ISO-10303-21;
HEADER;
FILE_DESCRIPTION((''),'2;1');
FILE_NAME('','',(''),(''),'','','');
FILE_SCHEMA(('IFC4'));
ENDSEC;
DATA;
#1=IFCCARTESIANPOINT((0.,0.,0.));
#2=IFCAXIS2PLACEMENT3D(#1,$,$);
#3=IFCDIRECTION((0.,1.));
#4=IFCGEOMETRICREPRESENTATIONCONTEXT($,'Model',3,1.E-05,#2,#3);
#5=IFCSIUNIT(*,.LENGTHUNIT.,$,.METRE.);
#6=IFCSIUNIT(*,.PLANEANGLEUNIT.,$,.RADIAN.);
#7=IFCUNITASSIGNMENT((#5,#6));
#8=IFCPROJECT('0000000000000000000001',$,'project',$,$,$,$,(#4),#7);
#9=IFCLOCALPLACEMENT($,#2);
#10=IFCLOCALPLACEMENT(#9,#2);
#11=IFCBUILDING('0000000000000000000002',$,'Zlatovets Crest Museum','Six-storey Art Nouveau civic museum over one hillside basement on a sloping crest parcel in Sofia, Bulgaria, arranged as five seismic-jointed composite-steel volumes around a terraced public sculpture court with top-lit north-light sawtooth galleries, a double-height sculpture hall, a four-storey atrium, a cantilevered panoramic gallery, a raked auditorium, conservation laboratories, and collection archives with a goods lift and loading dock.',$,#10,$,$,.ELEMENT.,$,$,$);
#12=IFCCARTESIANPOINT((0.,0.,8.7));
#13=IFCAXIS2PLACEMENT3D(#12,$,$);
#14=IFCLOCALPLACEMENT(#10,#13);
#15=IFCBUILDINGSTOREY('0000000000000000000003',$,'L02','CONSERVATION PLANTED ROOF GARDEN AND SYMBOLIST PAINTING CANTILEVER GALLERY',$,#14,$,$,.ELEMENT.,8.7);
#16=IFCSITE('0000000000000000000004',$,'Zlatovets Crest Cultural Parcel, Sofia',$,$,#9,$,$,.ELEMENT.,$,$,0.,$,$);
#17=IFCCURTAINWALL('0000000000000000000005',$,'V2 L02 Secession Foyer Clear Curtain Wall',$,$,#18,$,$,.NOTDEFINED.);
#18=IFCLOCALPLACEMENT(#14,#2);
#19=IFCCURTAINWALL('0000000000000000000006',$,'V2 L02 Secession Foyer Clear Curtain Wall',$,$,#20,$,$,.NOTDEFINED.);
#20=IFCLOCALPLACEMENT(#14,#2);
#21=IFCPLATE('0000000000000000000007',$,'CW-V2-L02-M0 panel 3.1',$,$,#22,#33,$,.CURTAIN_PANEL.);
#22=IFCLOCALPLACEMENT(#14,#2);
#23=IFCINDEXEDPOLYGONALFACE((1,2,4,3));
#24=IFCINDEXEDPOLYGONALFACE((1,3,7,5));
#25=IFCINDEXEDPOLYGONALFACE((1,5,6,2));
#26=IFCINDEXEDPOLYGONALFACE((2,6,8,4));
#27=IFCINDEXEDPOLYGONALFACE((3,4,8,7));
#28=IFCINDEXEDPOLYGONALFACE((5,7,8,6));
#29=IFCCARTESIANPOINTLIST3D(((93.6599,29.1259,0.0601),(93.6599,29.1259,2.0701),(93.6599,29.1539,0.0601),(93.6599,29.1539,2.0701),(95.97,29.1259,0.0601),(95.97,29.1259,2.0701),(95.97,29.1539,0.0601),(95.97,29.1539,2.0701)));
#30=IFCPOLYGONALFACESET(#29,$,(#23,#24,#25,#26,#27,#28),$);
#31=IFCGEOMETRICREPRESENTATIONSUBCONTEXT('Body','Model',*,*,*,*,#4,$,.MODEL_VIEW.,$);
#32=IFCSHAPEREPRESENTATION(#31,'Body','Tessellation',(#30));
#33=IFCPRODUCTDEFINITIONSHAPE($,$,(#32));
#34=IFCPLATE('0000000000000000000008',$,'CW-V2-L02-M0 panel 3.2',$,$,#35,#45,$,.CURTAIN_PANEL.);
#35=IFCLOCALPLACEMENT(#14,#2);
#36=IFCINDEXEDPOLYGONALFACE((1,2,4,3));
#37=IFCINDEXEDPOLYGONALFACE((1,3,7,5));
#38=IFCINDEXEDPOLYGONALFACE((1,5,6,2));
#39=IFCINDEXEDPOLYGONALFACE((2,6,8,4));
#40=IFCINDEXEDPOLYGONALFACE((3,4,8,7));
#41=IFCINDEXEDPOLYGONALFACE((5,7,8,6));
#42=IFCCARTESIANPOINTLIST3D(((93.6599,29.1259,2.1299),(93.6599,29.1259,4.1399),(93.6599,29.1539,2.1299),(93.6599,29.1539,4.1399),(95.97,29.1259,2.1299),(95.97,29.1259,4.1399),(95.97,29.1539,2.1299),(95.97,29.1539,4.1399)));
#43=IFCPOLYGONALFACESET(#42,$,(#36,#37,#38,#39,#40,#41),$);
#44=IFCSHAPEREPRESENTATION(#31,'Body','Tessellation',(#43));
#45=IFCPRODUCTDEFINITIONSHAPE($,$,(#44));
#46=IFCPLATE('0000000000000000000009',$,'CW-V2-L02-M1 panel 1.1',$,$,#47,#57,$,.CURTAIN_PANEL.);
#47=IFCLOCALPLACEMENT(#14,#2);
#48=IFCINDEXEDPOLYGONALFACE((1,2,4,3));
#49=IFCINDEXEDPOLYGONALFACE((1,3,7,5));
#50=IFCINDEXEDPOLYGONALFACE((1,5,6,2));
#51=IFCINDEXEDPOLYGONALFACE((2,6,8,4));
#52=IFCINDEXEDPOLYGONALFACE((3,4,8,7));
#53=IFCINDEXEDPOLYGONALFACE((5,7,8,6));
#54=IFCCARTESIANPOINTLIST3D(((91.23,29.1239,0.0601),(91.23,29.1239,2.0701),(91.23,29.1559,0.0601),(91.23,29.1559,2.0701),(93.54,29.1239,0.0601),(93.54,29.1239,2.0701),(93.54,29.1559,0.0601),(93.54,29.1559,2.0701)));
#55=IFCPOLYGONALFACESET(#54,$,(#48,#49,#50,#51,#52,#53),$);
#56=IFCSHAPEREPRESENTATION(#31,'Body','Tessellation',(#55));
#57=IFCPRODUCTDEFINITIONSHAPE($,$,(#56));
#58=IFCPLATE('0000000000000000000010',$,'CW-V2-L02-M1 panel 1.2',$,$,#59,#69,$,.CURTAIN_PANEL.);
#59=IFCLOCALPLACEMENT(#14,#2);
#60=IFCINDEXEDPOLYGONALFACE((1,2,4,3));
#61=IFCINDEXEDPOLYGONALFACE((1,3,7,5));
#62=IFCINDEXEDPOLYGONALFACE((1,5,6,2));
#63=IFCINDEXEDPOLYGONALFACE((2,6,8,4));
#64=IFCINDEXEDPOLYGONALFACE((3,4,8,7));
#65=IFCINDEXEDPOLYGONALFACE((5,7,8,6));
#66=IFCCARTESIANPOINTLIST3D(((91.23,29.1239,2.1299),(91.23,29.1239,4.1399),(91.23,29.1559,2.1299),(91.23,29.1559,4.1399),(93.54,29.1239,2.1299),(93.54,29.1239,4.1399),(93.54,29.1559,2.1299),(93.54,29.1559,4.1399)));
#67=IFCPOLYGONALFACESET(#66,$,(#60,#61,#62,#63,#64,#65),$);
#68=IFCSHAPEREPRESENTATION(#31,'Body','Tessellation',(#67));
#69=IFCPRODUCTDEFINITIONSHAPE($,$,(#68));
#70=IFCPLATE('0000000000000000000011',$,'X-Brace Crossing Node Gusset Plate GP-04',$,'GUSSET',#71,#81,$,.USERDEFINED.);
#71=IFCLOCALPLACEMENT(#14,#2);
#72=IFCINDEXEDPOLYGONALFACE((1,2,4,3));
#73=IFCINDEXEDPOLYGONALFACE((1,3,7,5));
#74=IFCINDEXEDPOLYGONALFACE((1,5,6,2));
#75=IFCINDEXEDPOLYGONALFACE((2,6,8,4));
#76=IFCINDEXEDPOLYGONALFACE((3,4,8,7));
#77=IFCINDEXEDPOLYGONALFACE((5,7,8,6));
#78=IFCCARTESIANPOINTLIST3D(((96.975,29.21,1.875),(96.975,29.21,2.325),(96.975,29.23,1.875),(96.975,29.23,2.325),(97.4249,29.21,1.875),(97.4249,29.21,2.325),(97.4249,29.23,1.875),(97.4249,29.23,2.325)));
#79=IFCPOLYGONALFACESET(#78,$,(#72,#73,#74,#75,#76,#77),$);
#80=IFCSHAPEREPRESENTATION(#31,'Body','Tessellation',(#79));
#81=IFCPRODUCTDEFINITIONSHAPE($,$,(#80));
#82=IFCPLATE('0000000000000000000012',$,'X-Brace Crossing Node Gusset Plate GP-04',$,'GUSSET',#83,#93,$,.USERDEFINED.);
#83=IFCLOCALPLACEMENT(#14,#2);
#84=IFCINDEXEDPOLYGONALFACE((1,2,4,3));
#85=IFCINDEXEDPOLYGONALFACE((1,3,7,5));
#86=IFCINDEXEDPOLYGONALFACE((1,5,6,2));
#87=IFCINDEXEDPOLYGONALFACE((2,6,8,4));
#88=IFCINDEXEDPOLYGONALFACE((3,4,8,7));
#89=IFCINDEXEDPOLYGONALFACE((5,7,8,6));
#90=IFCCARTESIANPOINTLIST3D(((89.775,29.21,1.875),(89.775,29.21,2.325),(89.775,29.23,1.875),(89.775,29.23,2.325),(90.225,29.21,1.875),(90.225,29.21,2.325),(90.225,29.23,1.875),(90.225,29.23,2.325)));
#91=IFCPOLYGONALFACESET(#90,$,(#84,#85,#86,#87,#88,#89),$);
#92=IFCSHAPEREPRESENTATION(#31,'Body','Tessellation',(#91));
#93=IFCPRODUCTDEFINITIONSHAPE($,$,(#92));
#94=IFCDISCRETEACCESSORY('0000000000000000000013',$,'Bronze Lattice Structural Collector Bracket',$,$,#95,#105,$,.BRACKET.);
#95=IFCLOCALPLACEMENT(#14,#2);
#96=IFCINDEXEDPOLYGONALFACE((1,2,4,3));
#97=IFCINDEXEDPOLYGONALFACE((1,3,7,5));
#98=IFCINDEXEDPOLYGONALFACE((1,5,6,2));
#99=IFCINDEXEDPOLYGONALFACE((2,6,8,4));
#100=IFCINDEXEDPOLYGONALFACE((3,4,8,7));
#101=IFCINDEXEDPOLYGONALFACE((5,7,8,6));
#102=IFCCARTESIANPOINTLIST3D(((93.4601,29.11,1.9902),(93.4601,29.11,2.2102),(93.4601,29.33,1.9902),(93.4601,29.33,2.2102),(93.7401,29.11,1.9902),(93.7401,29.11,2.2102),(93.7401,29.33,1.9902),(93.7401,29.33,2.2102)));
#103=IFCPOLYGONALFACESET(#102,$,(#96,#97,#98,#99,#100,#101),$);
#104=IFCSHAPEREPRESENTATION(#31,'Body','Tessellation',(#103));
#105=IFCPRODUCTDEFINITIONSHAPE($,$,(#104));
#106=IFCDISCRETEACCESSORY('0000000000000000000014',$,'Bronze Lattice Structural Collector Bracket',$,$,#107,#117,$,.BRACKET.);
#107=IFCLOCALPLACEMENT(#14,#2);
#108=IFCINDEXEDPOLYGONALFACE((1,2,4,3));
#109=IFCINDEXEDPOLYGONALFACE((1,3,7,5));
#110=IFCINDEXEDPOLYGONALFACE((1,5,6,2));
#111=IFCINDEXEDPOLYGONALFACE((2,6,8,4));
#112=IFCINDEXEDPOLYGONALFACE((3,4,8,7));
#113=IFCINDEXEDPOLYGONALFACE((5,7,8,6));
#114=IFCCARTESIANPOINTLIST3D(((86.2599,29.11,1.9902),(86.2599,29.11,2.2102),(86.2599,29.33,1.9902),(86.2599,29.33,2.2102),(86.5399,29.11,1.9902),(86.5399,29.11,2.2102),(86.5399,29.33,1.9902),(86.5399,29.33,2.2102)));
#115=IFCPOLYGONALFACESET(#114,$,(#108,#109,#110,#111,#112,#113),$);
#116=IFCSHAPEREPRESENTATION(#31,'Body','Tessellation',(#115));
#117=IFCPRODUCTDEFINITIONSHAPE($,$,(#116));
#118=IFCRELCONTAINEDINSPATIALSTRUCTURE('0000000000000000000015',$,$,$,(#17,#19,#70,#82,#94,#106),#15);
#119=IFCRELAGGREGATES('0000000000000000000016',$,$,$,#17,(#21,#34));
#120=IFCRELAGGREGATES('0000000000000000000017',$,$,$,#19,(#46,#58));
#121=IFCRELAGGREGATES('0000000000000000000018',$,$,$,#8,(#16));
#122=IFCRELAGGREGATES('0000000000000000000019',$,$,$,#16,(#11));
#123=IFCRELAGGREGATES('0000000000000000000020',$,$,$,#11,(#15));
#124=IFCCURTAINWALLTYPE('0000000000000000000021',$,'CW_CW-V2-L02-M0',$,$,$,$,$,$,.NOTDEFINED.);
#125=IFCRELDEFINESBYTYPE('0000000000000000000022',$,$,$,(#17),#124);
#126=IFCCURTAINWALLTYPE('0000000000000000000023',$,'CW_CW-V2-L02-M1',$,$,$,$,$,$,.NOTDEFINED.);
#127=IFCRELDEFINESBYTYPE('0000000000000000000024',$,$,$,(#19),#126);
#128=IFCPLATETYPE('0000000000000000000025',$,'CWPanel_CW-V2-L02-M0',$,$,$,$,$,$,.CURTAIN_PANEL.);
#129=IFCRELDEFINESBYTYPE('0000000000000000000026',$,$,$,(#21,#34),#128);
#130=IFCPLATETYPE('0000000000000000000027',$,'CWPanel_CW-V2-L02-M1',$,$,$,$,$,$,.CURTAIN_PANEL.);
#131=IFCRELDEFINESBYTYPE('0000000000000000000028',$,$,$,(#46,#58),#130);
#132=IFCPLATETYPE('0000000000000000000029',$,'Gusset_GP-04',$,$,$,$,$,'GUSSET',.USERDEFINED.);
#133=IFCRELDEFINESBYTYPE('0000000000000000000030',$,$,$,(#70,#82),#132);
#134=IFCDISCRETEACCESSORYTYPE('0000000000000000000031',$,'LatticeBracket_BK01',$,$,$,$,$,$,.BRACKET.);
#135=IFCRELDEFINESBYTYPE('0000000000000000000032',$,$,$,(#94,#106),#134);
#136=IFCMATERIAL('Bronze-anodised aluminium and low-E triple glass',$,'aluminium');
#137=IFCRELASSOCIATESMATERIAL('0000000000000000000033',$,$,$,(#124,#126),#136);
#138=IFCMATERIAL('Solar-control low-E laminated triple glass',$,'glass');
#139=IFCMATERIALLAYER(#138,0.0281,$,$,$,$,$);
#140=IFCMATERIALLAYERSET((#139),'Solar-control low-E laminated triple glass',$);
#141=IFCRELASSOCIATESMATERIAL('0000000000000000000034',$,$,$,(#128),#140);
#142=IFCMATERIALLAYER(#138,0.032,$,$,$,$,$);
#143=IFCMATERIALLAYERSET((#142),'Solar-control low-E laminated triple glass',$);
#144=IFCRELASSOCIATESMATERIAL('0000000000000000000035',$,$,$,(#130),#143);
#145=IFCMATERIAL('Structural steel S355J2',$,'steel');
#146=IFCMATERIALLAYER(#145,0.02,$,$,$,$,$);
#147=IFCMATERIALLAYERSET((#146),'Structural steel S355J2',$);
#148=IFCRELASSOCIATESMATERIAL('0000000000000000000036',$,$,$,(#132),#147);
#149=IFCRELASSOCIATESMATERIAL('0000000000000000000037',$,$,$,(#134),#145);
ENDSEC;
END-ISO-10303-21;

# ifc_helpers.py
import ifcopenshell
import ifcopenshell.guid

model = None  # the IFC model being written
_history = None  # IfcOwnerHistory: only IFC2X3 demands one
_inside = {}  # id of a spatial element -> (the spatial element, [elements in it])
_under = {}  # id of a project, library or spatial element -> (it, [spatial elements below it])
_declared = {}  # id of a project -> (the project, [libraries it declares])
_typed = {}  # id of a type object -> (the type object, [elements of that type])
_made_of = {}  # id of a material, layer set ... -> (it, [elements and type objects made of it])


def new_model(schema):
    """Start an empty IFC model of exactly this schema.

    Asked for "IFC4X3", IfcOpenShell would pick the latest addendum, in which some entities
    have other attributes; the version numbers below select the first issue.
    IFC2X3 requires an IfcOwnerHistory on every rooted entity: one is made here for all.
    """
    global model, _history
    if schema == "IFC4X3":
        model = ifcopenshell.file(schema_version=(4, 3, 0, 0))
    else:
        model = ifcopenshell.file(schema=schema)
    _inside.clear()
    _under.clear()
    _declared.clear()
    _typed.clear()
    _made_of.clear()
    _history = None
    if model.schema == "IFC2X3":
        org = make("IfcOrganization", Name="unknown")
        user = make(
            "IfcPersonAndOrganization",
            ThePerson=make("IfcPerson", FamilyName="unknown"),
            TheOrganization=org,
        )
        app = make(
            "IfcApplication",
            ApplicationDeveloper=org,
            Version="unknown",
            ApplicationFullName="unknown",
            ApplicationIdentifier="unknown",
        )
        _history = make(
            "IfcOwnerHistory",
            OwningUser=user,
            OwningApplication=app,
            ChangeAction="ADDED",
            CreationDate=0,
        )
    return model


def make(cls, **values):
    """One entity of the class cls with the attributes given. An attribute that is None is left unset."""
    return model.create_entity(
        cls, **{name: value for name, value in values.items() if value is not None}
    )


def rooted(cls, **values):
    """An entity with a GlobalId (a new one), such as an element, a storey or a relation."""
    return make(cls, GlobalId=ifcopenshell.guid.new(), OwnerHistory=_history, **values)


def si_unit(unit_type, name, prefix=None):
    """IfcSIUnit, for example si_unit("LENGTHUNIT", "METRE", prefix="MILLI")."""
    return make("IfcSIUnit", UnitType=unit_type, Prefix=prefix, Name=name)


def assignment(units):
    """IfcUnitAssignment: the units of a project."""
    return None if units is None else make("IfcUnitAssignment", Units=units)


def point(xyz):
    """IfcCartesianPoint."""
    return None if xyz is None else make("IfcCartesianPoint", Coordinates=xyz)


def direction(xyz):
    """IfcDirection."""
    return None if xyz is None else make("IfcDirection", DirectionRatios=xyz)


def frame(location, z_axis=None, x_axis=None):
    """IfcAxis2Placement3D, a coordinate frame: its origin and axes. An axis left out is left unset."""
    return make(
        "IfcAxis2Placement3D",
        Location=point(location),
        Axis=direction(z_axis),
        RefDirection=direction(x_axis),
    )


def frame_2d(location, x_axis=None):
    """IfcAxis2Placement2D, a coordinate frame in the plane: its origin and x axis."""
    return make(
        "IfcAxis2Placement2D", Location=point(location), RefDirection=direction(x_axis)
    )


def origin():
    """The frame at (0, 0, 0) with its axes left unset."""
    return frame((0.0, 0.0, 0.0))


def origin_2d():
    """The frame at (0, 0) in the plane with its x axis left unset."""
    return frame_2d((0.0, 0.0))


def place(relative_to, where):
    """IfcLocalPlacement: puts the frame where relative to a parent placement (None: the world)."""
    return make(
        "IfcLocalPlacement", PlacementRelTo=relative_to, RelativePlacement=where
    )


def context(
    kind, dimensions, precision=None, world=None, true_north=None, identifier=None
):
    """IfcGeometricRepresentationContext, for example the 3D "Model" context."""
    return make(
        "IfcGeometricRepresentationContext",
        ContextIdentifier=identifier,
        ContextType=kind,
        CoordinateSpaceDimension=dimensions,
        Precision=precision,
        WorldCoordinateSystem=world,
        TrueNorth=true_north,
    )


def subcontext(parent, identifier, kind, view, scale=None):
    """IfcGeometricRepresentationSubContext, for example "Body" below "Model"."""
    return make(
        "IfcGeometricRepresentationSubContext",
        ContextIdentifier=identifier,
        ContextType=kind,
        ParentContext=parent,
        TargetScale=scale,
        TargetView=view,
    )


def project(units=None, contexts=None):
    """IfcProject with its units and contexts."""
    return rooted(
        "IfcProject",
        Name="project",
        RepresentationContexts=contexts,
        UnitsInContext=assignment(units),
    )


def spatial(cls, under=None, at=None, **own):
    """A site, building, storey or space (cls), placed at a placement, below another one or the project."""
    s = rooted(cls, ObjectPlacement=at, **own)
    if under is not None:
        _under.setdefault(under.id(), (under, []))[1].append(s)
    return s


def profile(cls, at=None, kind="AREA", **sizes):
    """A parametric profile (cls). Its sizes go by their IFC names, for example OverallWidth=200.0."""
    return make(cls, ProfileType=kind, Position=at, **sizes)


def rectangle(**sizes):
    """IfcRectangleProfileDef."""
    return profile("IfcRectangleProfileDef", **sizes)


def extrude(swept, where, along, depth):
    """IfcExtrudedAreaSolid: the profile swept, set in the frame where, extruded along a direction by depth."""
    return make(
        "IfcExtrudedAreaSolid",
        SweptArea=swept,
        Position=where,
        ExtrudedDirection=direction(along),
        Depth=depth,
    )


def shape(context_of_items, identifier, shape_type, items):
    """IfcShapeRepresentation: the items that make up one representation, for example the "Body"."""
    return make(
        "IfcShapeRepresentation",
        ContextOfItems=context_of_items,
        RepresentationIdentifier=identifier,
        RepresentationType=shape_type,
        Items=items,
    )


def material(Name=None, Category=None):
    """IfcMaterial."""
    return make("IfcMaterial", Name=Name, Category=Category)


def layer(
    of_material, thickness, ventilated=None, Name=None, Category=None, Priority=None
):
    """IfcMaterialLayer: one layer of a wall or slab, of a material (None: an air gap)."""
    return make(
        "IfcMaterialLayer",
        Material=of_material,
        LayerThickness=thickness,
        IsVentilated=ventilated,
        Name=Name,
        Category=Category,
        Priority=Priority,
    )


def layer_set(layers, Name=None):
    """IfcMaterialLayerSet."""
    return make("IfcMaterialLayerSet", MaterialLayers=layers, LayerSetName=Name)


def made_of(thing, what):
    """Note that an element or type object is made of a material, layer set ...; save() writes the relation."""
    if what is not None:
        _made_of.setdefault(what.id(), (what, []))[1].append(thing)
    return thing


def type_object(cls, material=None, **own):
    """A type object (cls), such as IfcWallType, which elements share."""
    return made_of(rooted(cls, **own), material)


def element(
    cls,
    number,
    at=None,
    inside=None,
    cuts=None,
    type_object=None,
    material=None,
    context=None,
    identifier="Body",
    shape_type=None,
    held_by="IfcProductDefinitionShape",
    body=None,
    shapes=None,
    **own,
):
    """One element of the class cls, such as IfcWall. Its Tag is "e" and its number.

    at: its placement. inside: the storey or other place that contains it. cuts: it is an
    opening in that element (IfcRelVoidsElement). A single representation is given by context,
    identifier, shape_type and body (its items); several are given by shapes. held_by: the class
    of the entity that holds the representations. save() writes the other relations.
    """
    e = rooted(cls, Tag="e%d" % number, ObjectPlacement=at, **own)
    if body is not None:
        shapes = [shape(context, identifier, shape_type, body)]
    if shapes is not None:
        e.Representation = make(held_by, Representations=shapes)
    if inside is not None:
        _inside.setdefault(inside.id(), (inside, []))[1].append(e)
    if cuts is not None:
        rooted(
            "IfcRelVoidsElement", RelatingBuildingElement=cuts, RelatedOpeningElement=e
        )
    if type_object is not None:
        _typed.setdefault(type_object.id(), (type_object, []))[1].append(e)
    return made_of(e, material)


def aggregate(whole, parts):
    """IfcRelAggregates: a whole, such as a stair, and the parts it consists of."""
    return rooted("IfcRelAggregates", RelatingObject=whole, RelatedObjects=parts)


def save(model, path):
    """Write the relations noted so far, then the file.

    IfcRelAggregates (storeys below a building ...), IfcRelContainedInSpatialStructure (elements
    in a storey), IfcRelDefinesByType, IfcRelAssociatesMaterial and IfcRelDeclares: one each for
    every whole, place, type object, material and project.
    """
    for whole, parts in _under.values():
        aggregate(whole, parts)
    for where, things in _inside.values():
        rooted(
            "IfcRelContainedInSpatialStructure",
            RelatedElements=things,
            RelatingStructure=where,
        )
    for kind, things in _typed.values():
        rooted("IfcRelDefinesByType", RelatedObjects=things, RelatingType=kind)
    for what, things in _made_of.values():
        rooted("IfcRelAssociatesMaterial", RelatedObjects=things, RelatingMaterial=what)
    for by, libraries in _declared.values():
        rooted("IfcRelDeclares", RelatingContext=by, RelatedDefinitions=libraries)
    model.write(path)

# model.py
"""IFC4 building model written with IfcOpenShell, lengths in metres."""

from ifc_helpers import new_model, si_unit, direction, frame, origin, origin_2d, place, context, subcontext, project, spatial, rectangle, extrude, material, layer, layer_set, type_object, element, aggregate, save


model = new_model("IFC4")

# Units and contexts
model_context = context("Model", 3, precision=1e-05, world=origin(), true_north=direction((0.0, 1.0)))
body_context = subcontext(model_context, "Body", "Model", "MODEL_VIEW")
ifc_project = project(units=[si_unit("LENGTHUNIT", "METRE"), si_unit("PLANEANGLEUNIT", "RADIAN")], contexts=[model_context])

# Site, building, storey
site_placement = place(None, origin())
site = spatial("IfcSite", under=ifc_project, at=site_placement, Name="Zlatovets Crest Cultural Parcel, Sofia", CompositionType="ELEMENT", RefElevation=0.0)
building_placement = place(site_placement, origin())
building = spatial("IfcBuilding", under=site, at=building_placement, Name="Zlatovets Crest Museum", Description="Six-storey Art Nouveau civic museum over one hillside basement on a sloping crest parcel in Sofia, Bulgaria, arranged as five seismic-jointed composite-steel volumes around a terraced public sculpture court with top-lit north-light sawtooth galleries, a double-height sculpture hall, a four-storey atrium, a cantilevered panoramic gallery, a raked auditorium, conservation laboratories, and collection archives with a goods lift and loading dock.", CompositionType="ELEMENT")
storey_placement = place(building_placement, frame((0.0, 0.0, 8.7)))
storey = spatial("IfcBuildingStorey", under=building, at=storey_placement, Name="L02", Description="CONSERVATION PLANTED ROOF GARDEN AND SYMBOLIST PAINTING CANTILEVER GALLERY", CompositionType="ELEMENT", Elevation=8.7)

# Shared definitions
ifc_material_1 = material(Name="Structural steel S355J2", Category="steel")

# Curtain wall
ifc_material_2 = material(Name="Bronze-anodised aluminium and low-E triple glass", Category="aluminium")
curtain_wall_type_1 = type_object("IfcCurtainWallType", Name="CW_CW-V2-L02-M0", PredefinedType="NOTDEFINED", material=ifc_material_2)
curtain_wall_1_placement = place(storey_placement, origin())
curtain_wall_1 = element("IfcCurtainWall", 1, at=curtain_wall_1_placement, inside=storey, type_object=curtain_wall_type_1, Name="V2 L02 Secession Foyer Clear Curtain Wall", PredefinedType="NOTDEFINED")

# Curtain wall
curtain_wall_type_2 = type_object("IfcCurtainWallType", Name="CW_CW-V2-L02-M1", PredefinedType="NOTDEFINED", material=ifc_material_2)
curtain_wall_2_placement = place(storey_placement, origin())
curtain_wall_2 = element("IfcCurtainWall", 2, at=curtain_wall_2_placement, inside=storey, type_object=curtain_wall_type_2, Name="V2 L02 Secession Foyer Clear Curtain Wall", PredefinedType="NOTDEFINED")

# Plates
ifc_material_3 = material(Name="Solar-control low-E laminated triple glass", Category="glass")
ifc_layer_1 = layer(ifc_material_3, 0.0281)
ifc_layer_set_1 = layer_set([ifc_layer_1], Name="Solar-control low-E laminated triple glass")
plate_type_1 = type_object("IfcPlateType", Name="CWPanel_CW-V2-L02-M0", PredefinedType="CURTAIN_PANEL", material=ifc_layer_set_1)
plate_1_placement = place(storey_placement, frame((94.8149, 29.1399, 0.0601), z_axis=(0.0, 0.0, 1.0), x_axis=(-1.0, 0.0, 0.0)))
plate_1 = element("IfcPlate", 3, at=plate_1_placement, type_object=plate_type_1, Name="CW-V2-L02-M0 panel 3.1", PredefinedType="CURTAIN_PANEL", context=body_context, shape_type="SweptSolid", body=[
    extrude(rectangle(XDim=2.3101, YDim=0.0281, at=origin_2d()), origin(), (0.0, 0.0, 1.0), 2.01),
])
plate_2_placement = place(storey_placement, frame((94.8149, 29.1399, 2.1299), z_axis=(0.0, 0.0, 1.0), x_axis=(-1.0, 0.0, 0.0)))
plate_2 = element("IfcPlate", 4, at=plate_2_placement, type_object=plate_type_1, Name="CW-V2-L02-M0 panel 3.2", PredefinedType="CURTAIN_PANEL", context=body_context, shape_type="SweptSolid", body=[
    extrude(rectangle(XDim=2.3101, YDim=0.0281, at=origin_2d()), origin(), (0.0, 0.0, 1.0), 2.01),
])
aggregate(curtain_wall_1, [plate_1, plate_2])
ifc_layer_2 = layer(ifc_material_3, 0.032)
ifc_layer_set_2 = layer_set([ifc_layer_2], Name="Solar-control low-E laminated triple glass")
plate_type_2 = type_object("IfcPlateType", Name="CWPanel_CW-V2-L02-M1", PredefinedType="CURTAIN_PANEL", material=ifc_layer_set_2)
plate_3_placement = place(storey_placement, frame((92.385, 29.1399, 0.0601), z_axis=(0.0, 0.0, 1.0), x_axis=(-1.0, 0.0, 0.0)))
plate_3 = element("IfcPlate", 5, at=plate_3_placement, type_object=plate_type_2, Name="CW-V2-L02-M1 panel 1.1", PredefinedType="CURTAIN_PANEL", context=body_context, shape_type="SweptSolid", body=[
    extrude(rectangle(XDim=2.3101, YDim=0.032, at=origin_2d()), origin(), (0.0, 0.0, 1.0), 2.01),
])
plate_4_placement = place(storey_placement, frame((92.385, 29.1399, 2.1299), z_axis=(0.0, 0.0, 1.0), x_axis=(-1.0, 0.0, 0.0)))
plate_4 = element("IfcPlate", 6, at=plate_4_placement, type_object=plate_type_2, Name="CW-V2-L02-M1 panel 1.2", PredefinedType="CURTAIN_PANEL", context=body_context, shape_type="SweptSolid", body=[
    extrude(rectangle(XDim=2.3101, YDim=0.032, at=origin_2d()), origin(), (0.0, 0.0, 1.0), 2.01),
])
aggregate(curtain_wall_2, [plate_3, plate_4])

# Plates
ifc_layer_3 = layer(ifc_material_1, 0.02)
ifc_layer_set_3 = layer_set([ifc_layer_3], Name="Structural steel S355J2")
plate_type_3 = type_object("IfcPlateType", Name="Gusset_GP-04", ElementType="GUSSET", PredefinedType="USERDEFINED", material=ifc_layer_set_3)
for number, where, z_axis, x_axis, name in (
    (7, (97.2, 29.22, 1.875), (0.0, 0.0, 1.0), (1.0, 0.0, 0.0), "X-Brace Crossing Node Gusset Plate GP-04"),
    (8, (90.0, 29.22, 1.875), (0.0, 0.0, 1.0), (1.0, 0.0, 0.0), "X-Brace Crossing Node Gusset Plate GP-04"),
):
    element("IfcPlate", number, at=place(storey_placement, frame(where, z_axis=z_axis, x_axis=x_axis)), inside=storey, type_object=plate_type_3, Name=name, ObjectType="GUSSET", PredefinedType="USERDEFINED", context=body_context, shape_type="SweptSolid", body=[
        extrude(rectangle(XDim=0.45, YDim=0.02, at=origin_2d()), origin(), (0.0, 0.0, 1.0), 0.45),
    ])

# Discrete accessories
discrete_accessory_type = type_object("IfcDiscreteAccessoryType", Name="LatticeBracket_BK01", PredefinedType="BRACKET", material=ifc_material_1)
for number, where, z_axis, x_axis, name in (
    (9, (93.6001, 29.22, 1.9902), (0.0, 0.0, 1.0), (1.0, 0.0, 0.0), "Bronze Lattice Structural Collector Bracket"),
    (10, (86.3999, 29.22, 1.9902), (0.0, 0.0, 1.0), (1.0, 0.0, 0.0), "Bronze Lattice Structural Collector Bracket"),
):
    element("IfcDiscreteAccessory", number, at=place(storey_placement, frame(where, z_axis=z_axis, x_axis=x_axis)), inside=storey, type_object=discrete_accessory_type, Name=name, PredefinedType="BRACKET", context=body_context, shape_type="SweptSolid", body=[
        extrude(rectangle(XDim=0.28, YDim=0.22, at=origin_2d()), origin(), (0.0, 0.0, 1.0), 0.22),
    ])

save(model, "model.ifc")
